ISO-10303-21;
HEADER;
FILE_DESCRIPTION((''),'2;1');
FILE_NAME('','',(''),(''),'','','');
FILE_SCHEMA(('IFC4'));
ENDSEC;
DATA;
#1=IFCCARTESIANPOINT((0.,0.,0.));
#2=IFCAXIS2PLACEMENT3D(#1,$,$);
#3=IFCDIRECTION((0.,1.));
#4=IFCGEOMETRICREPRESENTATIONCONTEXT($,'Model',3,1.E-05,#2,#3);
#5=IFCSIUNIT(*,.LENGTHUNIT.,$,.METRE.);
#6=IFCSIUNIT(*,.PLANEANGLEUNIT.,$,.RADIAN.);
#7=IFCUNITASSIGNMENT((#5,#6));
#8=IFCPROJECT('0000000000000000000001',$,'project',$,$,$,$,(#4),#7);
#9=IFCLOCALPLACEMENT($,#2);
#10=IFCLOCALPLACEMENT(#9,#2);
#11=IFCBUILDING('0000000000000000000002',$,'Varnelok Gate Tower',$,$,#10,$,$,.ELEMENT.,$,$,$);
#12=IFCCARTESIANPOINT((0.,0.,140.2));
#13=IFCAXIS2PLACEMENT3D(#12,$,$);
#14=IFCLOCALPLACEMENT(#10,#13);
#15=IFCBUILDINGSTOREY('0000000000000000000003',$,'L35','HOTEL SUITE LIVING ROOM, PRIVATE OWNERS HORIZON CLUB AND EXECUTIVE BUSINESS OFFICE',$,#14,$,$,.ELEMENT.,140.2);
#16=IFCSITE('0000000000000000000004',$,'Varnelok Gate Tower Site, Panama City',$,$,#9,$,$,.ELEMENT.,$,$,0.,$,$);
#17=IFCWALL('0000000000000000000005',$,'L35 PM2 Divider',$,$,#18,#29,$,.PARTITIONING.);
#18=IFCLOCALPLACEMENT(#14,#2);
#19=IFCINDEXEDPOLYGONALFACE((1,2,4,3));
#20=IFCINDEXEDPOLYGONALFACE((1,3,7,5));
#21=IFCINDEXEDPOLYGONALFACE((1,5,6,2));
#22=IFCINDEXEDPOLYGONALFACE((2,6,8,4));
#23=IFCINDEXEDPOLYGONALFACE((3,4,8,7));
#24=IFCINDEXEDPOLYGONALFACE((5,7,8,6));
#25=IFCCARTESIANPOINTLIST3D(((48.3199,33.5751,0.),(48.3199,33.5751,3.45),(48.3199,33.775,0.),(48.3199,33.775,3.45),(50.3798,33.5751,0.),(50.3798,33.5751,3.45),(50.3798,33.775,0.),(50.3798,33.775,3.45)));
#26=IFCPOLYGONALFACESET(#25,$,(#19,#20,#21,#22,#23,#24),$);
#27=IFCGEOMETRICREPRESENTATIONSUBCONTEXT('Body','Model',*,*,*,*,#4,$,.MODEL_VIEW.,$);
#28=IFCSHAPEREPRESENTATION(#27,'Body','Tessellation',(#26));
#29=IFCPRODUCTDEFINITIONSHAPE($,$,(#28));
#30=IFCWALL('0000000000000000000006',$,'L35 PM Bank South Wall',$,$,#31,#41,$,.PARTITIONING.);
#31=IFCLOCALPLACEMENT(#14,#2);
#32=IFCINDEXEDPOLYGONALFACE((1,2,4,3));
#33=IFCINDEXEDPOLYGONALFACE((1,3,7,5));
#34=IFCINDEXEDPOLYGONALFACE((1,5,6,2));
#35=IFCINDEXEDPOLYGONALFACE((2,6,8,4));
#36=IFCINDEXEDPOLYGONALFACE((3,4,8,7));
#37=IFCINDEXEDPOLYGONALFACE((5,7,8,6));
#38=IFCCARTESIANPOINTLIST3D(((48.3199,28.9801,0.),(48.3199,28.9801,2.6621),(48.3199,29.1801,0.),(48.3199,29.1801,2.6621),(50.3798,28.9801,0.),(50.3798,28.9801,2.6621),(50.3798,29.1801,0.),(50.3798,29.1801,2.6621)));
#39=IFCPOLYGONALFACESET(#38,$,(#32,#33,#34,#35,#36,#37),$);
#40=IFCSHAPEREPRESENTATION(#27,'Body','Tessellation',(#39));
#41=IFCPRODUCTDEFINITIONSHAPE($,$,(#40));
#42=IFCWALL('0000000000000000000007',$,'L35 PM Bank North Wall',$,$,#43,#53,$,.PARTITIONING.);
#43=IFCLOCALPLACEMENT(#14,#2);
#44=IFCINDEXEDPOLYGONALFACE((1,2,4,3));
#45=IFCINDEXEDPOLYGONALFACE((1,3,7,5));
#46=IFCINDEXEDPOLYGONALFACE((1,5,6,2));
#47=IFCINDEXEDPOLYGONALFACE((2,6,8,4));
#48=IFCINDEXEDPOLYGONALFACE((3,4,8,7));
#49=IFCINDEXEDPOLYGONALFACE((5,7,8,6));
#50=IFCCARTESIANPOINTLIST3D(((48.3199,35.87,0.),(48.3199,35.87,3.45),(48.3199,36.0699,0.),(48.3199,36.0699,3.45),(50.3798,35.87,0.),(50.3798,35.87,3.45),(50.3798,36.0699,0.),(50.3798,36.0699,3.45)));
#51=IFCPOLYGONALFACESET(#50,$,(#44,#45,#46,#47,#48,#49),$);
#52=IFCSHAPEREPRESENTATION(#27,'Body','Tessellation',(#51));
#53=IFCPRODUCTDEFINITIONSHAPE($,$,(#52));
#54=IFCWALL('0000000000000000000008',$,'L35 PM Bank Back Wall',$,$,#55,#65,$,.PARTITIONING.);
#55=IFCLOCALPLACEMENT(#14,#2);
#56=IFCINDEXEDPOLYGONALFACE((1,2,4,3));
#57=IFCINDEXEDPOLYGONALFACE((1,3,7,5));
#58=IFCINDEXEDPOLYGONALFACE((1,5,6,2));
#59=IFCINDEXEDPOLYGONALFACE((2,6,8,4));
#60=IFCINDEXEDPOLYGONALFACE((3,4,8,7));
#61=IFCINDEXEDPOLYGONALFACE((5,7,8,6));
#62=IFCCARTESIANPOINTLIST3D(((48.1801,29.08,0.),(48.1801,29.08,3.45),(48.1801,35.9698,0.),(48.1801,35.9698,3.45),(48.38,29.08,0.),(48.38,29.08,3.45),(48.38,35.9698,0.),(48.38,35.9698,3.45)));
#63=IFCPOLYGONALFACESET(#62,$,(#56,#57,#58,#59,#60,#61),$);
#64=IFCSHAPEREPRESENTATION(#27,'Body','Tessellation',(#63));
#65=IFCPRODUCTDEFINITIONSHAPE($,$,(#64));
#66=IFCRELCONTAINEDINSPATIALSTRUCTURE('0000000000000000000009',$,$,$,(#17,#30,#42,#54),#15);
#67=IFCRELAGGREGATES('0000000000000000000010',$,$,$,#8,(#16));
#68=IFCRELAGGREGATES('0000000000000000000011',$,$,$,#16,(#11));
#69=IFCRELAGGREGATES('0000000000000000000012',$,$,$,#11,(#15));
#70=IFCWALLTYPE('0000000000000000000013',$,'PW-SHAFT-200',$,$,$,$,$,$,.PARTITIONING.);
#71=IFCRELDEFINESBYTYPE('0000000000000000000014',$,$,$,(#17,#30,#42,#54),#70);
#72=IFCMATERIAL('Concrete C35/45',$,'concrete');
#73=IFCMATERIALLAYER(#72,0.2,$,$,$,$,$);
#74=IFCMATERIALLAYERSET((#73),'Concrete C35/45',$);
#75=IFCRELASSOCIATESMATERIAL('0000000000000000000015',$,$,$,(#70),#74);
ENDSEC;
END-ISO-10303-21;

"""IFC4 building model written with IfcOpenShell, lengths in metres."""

from ifc_helpers import new_model, si_unit, direction, frame, frame_2d, origin, place, context, subcontext, project, spatial, rectangle, extrude, material, layer, layer_set, type_object, element, save


model = new_model("IFC4")

# Units and contexts
model_context = context("Model", 3, precision=1e-05, world=origin(), true_north=direction((0.0, 1.0)))
body_context = subcontext(model_context, "Body", "Model", "MODEL_VIEW")
ifc_project = project(units=[si_unit("LENGTHUNIT", "METRE"), si_unit("PLANEANGLEUNIT", "RADIAN")], contexts=[model_context])

# Site, building, storey
site_placement = place(None, origin())
site = spatial("IfcSite", under=ifc_project, at=site_placement, Name="Varnelok Gate Tower Site, Panama City", CompositionType="ELEMENT", RefElevation=0.0)
building_placement = place(site_placement, origin())
building = spatial("IfcBuilding", under=site, at=building_placement, Name="Varnelok Gate Tower", CompositionType="ELEMENT")
storey_placement = place(building_placement, frame((0.0, 0.0, 140.2)))
storey = spatial("IfcBuildingStorey", under=building, at=storey_placement, Name="L35", Description="HOTEL SUITE LIVING ROOM, PRIVATE OWNERS HORIZON CLUB AND EXECUTIVE BUSINESS OFFICE", CompositionType="ELEMENT", Elevation=140.2)

# Walls
ifc_material_1 = material(Name="Concrete C35/45", Category="concrete")
ifc_layer_1 = layer(ifc_material_1, 0.2)
ifc_layer_set_1 = layer_set([ifc_layer_1], Name="Concrete C35/45")
wall_type_1 = type_object("IfcWallType", Name="PW-SHAFT-200", PredefinedType="PARTITIONING", material=ifc_layer_set_1)
for number, where, z_axis, x_axis, name in (
    (1, (48.3201, 33.675, 0.0), (0.0, 0.0, 1.0), (1.0, 0.0, 0.0), "L35 PM2 Divider"),
):
    element("IfcWall", number, at=place(storey_placement, frame(where, z_axis=z_axis, x_axis=x_axis)), inside=storey, type_object=wall_type_1, Name=name, PredefinedType="PARTITIONING", context=body_context, shape_type="SweptSolid", body=[
        extrude(rectangle(XDim=2.0598, YDim=0.2, at=frame_2d((1.0298, 0.0))), origin(), (0.0, 0.0, 1.0), 3.45),
    ])
wall_1_placement = place(storey_placement, frame((48.3201, 29.0801, 0.0), z_axis=(0.0, 0.0, 1.0), x_axis=(1.0, 0.0, 0.0)))
element("IfcWall", 2, at=wall_1_placement, inside=storey, type_object=wall_type_1, Name="L35 PM Bank South Wall", PredefinedType="PARTITIONING", context=body_context, shape_type="SweptSolid", body=[
    extrude(rectangle(XDim=2.0598, YDim=0.2, at=frame_2d((1.0298, 0.0))), origin(), (0.0, 0.0, 1.0), 2.6621),
])
wall_2_placement = place(storey_placement, frame((48.3201, 35.97, 0.0), z_axis=(0.0, 0.0, 1.0), x_axis=(1.0, 0.0, 0.0)))
element("IfcWall", 3, at=wall_2_placement, inside=storey, type_object=wall_type_1, Name="L35 PM Bank North Wall", PredefinedType="PARTITIONING", context=body_context, shape_type="SweptSolid", body=[
    extrude(rectangle(XDim=2.0598, YDim=0.2, at=frame_2d((1.0298, 0.0))), origin(), (0.0, 0.0, 1.0), 3.45),
])
wall_3_placement = place(storey_placement, frame((48.28, 29.0801, 0.0), z_axis=(0.0, 0.0, 1.0), x_axis=(0.0, 1.0, 0.0)))
element("IfcWall", 4, at=wall_3_placement, inside=storey, type_object=wall_type_1, Name="L35 PM Bank Back Wall", PredefinedType="PARTITIONING", context=body_context, shape_type="SweptSolid", body=[
    extrude(rectangle(XDim=6.8899, YDim=0.2, at=frame_2d((3.4448, 0.0))), origin(), (0.0, 0.0, 1.0), 3.45),
])

save(model, "model.ifc")
